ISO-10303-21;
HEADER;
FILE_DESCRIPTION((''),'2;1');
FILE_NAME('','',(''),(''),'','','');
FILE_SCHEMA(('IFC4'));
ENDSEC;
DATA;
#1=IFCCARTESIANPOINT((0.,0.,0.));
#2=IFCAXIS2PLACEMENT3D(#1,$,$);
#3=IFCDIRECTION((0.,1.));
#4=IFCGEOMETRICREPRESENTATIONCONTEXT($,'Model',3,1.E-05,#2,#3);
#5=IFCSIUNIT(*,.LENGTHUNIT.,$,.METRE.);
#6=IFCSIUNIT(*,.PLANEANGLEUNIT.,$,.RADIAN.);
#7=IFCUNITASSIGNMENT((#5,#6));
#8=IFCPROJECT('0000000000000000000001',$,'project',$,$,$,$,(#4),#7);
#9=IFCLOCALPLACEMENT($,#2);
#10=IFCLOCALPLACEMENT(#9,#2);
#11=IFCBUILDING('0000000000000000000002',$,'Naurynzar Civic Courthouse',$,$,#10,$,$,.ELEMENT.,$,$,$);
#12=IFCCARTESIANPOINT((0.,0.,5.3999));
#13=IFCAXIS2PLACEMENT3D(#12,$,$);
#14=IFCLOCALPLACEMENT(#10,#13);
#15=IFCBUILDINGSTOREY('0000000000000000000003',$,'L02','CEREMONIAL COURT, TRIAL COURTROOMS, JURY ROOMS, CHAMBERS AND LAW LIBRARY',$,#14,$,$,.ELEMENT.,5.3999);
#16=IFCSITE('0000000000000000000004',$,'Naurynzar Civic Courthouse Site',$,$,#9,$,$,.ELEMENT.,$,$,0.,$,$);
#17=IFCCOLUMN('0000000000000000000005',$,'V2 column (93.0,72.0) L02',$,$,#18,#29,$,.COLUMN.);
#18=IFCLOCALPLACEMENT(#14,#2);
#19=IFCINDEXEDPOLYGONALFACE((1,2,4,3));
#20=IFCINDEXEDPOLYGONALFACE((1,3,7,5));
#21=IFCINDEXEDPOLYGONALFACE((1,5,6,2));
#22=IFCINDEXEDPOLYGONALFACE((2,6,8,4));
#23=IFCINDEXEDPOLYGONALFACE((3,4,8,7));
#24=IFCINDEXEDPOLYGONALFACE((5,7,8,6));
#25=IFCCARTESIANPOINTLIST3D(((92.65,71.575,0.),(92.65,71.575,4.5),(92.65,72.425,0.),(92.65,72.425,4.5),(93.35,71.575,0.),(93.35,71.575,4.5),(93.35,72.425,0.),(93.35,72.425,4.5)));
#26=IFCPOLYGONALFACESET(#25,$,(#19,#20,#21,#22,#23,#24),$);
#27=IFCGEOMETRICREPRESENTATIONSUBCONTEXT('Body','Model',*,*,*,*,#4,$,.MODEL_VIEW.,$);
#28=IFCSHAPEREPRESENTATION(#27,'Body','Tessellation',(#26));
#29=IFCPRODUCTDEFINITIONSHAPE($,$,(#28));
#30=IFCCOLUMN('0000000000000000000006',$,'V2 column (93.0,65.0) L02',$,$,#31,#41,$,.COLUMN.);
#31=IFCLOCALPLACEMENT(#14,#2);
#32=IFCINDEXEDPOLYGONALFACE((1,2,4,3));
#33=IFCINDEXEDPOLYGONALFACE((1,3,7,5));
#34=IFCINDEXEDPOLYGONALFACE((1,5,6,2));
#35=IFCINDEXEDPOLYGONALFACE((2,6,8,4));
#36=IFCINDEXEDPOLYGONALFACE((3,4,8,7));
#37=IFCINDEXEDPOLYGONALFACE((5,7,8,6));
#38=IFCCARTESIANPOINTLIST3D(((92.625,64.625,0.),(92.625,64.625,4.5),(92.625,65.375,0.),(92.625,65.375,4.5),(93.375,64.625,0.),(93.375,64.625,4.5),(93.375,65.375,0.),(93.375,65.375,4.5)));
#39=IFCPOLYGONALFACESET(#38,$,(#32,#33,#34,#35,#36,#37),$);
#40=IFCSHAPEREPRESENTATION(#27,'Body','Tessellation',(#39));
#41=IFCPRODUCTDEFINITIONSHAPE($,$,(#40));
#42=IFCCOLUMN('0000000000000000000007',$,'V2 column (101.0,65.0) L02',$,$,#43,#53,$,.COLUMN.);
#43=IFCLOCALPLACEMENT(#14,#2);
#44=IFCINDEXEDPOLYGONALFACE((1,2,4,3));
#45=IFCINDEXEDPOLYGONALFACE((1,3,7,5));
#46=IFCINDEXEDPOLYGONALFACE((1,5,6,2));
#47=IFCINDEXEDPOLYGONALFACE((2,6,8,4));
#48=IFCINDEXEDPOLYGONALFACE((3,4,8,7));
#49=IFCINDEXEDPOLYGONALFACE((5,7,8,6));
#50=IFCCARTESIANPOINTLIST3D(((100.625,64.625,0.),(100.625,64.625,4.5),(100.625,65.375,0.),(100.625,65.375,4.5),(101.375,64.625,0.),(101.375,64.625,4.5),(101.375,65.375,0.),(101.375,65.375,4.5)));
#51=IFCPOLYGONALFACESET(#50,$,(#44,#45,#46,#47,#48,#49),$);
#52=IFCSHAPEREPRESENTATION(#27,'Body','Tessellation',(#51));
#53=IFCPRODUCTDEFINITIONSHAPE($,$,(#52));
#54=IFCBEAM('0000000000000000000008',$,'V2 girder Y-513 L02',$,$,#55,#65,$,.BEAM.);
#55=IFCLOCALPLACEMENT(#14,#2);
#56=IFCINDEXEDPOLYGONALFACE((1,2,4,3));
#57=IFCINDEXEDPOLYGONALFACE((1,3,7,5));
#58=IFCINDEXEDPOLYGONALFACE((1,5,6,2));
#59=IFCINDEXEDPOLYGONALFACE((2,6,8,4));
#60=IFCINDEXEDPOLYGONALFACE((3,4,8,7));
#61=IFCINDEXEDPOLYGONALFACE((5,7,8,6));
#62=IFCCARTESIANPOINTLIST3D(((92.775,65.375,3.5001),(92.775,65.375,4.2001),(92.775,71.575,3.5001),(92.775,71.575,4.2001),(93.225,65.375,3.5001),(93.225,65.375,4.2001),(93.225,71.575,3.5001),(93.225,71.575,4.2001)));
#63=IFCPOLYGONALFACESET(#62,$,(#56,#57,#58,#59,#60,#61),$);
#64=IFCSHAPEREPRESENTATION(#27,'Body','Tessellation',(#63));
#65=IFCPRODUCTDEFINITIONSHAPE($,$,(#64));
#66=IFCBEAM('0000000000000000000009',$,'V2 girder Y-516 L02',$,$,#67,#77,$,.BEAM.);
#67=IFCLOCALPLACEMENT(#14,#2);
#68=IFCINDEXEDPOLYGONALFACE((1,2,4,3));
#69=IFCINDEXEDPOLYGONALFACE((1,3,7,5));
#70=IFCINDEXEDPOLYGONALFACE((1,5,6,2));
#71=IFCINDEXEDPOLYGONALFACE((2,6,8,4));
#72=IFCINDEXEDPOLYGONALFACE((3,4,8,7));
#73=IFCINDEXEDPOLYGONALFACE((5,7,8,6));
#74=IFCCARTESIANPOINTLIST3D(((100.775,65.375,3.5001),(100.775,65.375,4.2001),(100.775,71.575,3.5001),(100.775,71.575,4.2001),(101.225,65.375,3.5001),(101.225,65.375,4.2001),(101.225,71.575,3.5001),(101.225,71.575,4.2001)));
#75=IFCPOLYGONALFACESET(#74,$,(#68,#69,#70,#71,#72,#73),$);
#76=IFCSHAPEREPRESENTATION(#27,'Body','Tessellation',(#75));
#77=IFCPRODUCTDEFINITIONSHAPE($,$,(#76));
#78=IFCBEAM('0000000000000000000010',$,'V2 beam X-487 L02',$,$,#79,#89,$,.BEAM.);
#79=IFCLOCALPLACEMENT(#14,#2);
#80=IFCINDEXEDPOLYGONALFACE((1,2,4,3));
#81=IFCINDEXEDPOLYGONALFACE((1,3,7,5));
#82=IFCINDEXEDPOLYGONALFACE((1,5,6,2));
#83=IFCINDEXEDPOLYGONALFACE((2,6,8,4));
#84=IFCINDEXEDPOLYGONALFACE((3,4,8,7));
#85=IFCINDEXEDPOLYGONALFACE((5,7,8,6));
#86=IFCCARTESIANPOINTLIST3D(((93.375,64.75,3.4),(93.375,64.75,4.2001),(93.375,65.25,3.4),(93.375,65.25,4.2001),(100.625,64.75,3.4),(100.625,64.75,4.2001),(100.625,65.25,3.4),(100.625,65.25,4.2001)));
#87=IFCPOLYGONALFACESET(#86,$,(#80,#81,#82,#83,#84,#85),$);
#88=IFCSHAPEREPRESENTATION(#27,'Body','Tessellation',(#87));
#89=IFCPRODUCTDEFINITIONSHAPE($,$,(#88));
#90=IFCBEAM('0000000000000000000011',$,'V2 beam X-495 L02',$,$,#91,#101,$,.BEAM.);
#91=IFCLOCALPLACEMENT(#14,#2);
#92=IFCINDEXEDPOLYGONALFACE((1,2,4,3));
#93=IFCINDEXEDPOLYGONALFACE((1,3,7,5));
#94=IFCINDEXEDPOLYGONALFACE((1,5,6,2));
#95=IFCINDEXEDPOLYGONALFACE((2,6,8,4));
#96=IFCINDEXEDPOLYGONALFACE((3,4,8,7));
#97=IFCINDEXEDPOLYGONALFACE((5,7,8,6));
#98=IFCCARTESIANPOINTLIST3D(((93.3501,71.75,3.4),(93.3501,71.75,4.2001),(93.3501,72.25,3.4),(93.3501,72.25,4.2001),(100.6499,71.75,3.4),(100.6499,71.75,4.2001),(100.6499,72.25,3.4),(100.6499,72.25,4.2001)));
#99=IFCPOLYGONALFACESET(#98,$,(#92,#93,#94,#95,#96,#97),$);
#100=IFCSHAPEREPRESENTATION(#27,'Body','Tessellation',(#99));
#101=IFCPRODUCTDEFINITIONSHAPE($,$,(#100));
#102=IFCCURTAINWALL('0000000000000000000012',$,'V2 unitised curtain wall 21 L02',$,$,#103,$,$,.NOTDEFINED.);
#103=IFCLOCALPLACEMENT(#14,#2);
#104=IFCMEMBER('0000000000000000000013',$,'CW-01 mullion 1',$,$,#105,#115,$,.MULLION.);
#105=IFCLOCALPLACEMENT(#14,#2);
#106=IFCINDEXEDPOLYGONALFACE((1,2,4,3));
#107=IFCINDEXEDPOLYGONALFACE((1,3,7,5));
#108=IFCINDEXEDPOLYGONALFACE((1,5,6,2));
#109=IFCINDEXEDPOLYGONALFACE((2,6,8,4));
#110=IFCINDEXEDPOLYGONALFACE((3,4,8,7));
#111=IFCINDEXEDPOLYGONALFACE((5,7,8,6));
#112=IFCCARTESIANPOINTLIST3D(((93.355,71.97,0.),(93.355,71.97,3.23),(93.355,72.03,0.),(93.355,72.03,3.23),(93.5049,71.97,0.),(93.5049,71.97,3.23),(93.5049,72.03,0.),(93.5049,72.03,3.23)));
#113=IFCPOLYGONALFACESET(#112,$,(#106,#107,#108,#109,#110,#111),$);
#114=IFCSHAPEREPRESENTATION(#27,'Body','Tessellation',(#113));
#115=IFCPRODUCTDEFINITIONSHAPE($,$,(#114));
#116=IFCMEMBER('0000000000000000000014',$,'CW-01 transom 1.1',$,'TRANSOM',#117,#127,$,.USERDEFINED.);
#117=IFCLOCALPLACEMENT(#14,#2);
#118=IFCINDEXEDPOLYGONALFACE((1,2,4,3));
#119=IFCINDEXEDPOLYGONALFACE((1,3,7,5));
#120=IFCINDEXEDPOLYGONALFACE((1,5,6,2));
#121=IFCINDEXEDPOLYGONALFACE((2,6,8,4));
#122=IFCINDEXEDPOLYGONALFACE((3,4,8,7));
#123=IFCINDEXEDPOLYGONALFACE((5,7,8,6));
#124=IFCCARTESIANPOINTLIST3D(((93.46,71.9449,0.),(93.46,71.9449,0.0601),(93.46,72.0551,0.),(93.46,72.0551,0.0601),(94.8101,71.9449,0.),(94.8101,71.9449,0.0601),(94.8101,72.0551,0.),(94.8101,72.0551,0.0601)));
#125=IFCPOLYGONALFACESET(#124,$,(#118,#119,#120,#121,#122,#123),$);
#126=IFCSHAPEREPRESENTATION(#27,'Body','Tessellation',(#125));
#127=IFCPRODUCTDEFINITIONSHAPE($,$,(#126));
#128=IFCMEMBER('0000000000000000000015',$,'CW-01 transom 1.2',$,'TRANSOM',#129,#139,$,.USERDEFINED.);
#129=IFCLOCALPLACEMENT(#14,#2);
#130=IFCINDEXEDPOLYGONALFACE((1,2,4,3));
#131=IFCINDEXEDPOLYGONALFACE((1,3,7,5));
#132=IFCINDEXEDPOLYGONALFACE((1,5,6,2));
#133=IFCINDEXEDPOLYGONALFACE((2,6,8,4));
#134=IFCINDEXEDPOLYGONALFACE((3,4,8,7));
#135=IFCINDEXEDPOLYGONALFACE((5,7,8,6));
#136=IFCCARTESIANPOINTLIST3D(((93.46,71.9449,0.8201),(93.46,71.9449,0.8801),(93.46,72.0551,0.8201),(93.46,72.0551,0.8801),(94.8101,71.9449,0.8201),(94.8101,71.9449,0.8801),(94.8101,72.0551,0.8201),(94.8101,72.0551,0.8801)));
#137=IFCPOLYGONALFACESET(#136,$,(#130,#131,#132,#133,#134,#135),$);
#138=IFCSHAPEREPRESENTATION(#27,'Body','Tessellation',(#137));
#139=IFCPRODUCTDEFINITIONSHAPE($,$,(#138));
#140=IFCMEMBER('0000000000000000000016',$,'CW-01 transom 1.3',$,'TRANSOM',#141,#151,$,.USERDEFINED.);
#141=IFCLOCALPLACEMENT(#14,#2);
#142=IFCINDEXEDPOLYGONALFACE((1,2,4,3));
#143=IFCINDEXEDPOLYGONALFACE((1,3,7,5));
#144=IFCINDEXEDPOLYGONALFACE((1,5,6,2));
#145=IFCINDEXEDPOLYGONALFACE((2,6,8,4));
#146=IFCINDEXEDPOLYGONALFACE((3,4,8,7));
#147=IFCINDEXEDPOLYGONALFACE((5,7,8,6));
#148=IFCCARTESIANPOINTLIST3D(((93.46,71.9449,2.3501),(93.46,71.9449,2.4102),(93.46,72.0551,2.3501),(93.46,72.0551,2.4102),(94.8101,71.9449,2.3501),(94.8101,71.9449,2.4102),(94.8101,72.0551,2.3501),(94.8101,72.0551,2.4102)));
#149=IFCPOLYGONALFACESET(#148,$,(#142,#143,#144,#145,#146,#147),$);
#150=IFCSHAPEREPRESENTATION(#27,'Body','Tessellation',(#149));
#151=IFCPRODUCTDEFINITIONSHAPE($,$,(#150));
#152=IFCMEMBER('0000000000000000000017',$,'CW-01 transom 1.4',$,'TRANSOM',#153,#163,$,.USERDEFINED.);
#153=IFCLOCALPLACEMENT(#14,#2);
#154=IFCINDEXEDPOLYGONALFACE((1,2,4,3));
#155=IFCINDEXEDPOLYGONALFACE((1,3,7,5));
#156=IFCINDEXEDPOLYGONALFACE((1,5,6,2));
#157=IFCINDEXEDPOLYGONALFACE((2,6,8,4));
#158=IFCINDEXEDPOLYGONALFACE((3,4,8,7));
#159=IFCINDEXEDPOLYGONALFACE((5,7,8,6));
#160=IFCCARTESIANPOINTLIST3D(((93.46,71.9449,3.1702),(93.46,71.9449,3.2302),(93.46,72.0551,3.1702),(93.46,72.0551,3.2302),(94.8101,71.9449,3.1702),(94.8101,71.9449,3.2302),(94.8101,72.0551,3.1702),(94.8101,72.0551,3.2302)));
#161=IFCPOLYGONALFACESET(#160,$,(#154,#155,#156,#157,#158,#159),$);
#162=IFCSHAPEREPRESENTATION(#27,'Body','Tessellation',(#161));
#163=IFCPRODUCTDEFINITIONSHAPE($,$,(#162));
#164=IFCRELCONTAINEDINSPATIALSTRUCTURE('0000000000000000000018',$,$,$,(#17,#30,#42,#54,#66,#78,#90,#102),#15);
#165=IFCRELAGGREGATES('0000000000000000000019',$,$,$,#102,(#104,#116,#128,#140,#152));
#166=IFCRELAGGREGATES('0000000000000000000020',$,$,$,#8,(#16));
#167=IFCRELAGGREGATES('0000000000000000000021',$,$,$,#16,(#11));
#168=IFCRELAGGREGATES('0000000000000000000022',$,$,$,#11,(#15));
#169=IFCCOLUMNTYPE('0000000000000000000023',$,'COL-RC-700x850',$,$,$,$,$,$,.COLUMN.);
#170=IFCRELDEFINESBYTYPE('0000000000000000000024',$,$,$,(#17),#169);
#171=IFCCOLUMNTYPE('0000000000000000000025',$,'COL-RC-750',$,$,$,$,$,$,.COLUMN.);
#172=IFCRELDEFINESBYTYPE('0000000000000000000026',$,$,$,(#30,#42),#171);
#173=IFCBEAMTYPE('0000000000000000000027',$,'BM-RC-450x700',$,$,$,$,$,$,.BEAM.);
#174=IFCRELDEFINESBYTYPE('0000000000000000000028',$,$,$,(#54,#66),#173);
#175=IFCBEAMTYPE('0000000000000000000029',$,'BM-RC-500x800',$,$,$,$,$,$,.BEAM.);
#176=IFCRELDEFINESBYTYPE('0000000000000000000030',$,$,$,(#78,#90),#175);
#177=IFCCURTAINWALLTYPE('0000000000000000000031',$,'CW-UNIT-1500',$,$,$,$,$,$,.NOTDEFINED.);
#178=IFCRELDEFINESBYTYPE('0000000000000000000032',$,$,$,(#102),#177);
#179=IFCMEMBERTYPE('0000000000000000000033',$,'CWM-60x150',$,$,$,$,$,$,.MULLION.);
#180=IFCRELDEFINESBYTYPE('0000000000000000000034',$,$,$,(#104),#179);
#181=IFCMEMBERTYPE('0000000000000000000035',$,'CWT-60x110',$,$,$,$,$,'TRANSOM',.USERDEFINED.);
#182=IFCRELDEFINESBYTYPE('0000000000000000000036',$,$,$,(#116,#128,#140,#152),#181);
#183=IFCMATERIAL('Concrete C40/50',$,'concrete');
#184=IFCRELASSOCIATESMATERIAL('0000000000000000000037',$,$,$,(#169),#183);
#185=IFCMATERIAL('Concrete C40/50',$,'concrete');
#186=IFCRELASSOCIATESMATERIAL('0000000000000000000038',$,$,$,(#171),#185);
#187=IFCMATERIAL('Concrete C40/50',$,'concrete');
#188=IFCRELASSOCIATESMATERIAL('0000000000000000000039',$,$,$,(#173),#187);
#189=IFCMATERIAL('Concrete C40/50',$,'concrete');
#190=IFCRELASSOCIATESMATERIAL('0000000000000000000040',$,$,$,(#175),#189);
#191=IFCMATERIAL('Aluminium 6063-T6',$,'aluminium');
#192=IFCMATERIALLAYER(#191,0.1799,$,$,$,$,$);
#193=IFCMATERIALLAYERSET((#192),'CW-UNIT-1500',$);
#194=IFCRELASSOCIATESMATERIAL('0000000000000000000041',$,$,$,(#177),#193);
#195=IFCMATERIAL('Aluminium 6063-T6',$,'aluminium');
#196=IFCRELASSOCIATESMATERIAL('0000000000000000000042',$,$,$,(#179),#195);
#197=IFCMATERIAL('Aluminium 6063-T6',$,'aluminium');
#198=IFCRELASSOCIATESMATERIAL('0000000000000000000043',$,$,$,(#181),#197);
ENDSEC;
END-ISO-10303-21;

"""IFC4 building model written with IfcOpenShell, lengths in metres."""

from ifc_helpers import new_model, si_unit, direction, frame, origin, origin_2d, place, context, subcontext, project, spatial, rectangle, extrude, material, layer, layer_set, material_profile, profile_set, type_object, element, aggregate, save


model = new_model("IFC4")

# Units and contexts
model_context = context("Model", 3, precision=1e-05, world=origin(), true_north=direction((0.0, 1.0)))
body_context = subcontext(model_context, "Body", "Model", "MODEL_VIEW")
ifc_project = project(units=[si_unit("LENGTHUNIT", "METRE"), si_unit("PLANEANGLEUNIT", "RADIAN")], contexts=[model_context])

# Site, building, storey
site_placement = place(None, origin())
site = spatial("IfcSite", under=ifc_project, at=site_placement, Name="Naurynzar Civic Courthouse Site", CompositionType="ELEMENT", RefElevation=0.0)
building_placement = place(site_placement, origin())
building = spatial("IfcBuilding", under=site, at=building_placement, Name="Naurynzar Civic Courthouse", CompositionType="ELEMENT")
storey_placement = place(building_placement, frame((0.0, 0.0, 5.3999)))
storey = spatial("IfcBuildingStorey", under=building, at=storey_placement, Name="L02", Description="CEREMONIAL COURT, TRIAL COURTROOMS, JURY ROOMS, CHAMBERS AND LAW LIBRARY", CompositionType="ELEMENT", Elevation=5.3999)

# Columns
ifc_material_1 = material(Name="Concrete C40/50", Category="concrete")
ifc_material_profile_1 = material_profile(ifc_material_1, rectangle(XDim=0.7, YDim=0.8501, at=origin_2d()), Name="RC 700x850")
ifc_profile_set_1 = profile_set([ifc_material_profile_1], Name="Concrete C40/50")
column_type_1 = type_object("IfcColumnType", Name="COL-RC-700x850", PredefinedType="COLUMN", material=ifc_profile_set_1)
column_placement = place(storey_placement, frame((93.0, 72.0, 0.0), z_axis=(0.0, 0.0, 1.0), x_axis=(1.0, 0.0, 0.0)))
element("IfcColumn", 1, at=column_placement, inside=storey, type_object=column_type_1, Name="V2 column (93.0,72.0) L02", PredefinedType="COLUMN", context=body_context, shape_type="SweptSolid", body=[
    extrude(rectangle(XDim=0.7, YDim=0.8501, at=origin_2d()), origin(), (0.0, 0.0, 1.0), 4.5),
])
ifc_material_2 = material(Name="Concrete C40/50", Category="concrete")
ifc_material_profile_2 = material_profile(ifc_material_2, rectangle(XDim=0.75, YDim=0.75, at=origin_2d()), Name="RC 750x750")
ifc_profile_set_2 = profile_set([ifc_material_profile_2], Name="Concrete C40/50")
column_type_2 = type_object("IfcColumnType", Name="COL-RC-750", PredefinedType="COLUMN", material=ifc_profile_set_2)
for number, where, z_axis, x_axis, name in (
    (2, (93.0, 65.0, 0.0), (0.0, 0.0, 1.0), (1.0, 0.0, 0.0), "V2 column (93.0,65.0) L02"),
    (3, (101.0, 65.0, 0.0), (0.0, 0.0, 1.0), (1.0, 0.0, 0.0), "V2 column (101.0,65.0) L02"),
):
    element("IfcColumn", number, at=place(storey_placement, frame(where, z_axis=z_axis, x_axis=x_axis)), inside=storey, type_object=column_type_2, Name=name, PredefinedType="COLUMN", context=body_context, shape_type="SweptSolid", body=[
        extrude(rectangle(XDim=0.75, YDim=0.75, at=origin_2d()), origin(), (0.0, 0.0, 1.0), 4.5),
    ])

# Beams
ifc_material_3 = material(Name="Concrete C40/50", Category="concrete")
ifc_material_profile_3 = material_profile(ifc_material_3, rectangle(XDim=0.45, YDim=0.7, at=origin_2d()), Name="RCB 450x700")
ifc_profile_set_3 = profile_set([ifc_material_profile_3], Name="Concrete C40/50")
beam_type_1 = type_object("IfcBeamType", Name="BM-RC-450x700", PredefinedType="BEAM", material=ifc_profile_set_3)
for number, where, z_axis, x_axis, name in (
    (4, (93.0, 65.375, 3.8501), (0.0, 1.0, 0.0), (-1.0, 0.0, 0.0), "V2 girder Y-513 L02"),
    (5, (101.0, 65.375, 3.8501), (0.0, 1.0, 0.0), (-1.0, 0.0, 0.0), "V2 girder Y-516 L02"),
):
    element("IfcBeam", number, at=place(storey_placement, frame(where, z_axis=z_axis, x_axis=x_axis)), inside=storey, type_object=beam_type_1, Name=name, PredefinedType="BEAM", context=body_context, shape_type="SweptSolid", body=[
        extrude(rectangle(XDim=0.45, YDim=0.7, at=origin_2d()), origin(), (0.0, 0.0, 1.0), 6.2),
    ])
ifc_material_4 = material(Name="Concrete C40/50", Category="concrete")
ifc_material_profile_4 = material_profile(ifc_material_4, rectangle(XDim=0.5, YDim=0.8, at=origin_2d()), Name="RCB 500x800")
ifc_profile_set_4 = profile_set([ifc_material_profile_4], Name="Concrete C40/50")
beam_type_2 = type_object("IfcBeamType", Name="BM-RC-500x800", PredefinedType="BEAM", material=ifc_profile_set_4)
beam_1_placement = place(storey_placement, frame((93.375, 65.0, 3.8), z_axis=(1.0, 0.0, 0.0), x_axis=(0.0, 1.0, 0.0)))
element("IfcBeam", 6, at=beam_1_placement, inside=storey, type_object=beam_type_2, Name="V2 beam X-487 L02", PredefinedType="BEAM", context=body_context, shape_type="SweptSolid", body=[
    extrude(rectangle(XDim=0.5, YDim=0.8, at=origin_2d()), origin(), (0.0, 0.0, 1.0), 7.25),
])
beam_2_placement = place(storey_placement, frame((93.3501, 72.0, 3.8), z_axis=(1.0, 0.0, 0.0), x_axis=(0.0, 1.0, 0.0)))
element("IfcBeam", 7, at=beam_2_placement, inside=storey, type_object=beam_type_2, Name="V2 beam X-495 L02", PredefinedType="BEAM", context=body_context, shape_type="SweptSolid", body=[
    extrude(rectangle(XDim=0.5, YDim=0.8, at=origin_2d()), origin(), (0.0, 0.0, 1.0), 7.2998),
])

# Curtain wall, members
ifc_material_5 = material(Name="Aluminium 6063-T6", Category="aluminium")
ifc_layer_1 = layer(ifc_material_5, 0.1799)
ifc_layer_set_1 = layer_set([ifc_layer_1], Name="CW-UNIT-1500")
curtain_wall_type = type_object("IfcCurtainWallType", Name="CW-UNIT-1500", PredefinedType="NOTDEFINED", material=ifc_layer_set_1)
curtain_wall_placement = place(storey_placement, origin())
curtain_wall = element("IfcCurtainWall", 8, at=curtain_wall_placement, inside=storey, type_object=curtain_wall_type, Name="V2 unitised curtain wall 21 L02", PredefinedType="NOTDEFINED")
ifc_material_6 = material(Name="Aluminium 6063-T6", Category="aluminium")
ifc_material_profile_5 = material_profile(ifc_material_6, rectangle(XDim=0.0601, YDim=0.1499, at=origin_2d()), Name="ALU MULLION 60x150")
ifc_profile_set_5 = profile_set([ifc_material_profile_5], Name="Aluminium 6063-T6")
member_type_1 = type_object("IfcMemberType", Name="CWM-60x150", PredefinedType="MULLION", material=ifc_profile_set_5)
member_1_placement = place(storey_placement, frame((93.4299, 72.0, 0.0), z_axis=(0.0, 0.0, 1.0), x_axis=(0.0, 1.0, 0.0)))
member_1 = element("IfcMember", 9, at=member_1_placement, type_object=member_type_1, Name="CW-01 mullion 1", PredefinedType="MULLION", context=body_context, shape_type="SweptSolid", body=[
    extrude(rectangle(XDim=0.0601, YDim=0.1499, at=origin_2d()), origin(), (0.0, 0.0, 1.0), 3.23),
])
ifc_material_7 = material(Name="Aluminium 6063-T6", Category="aluminium")
ifc_material_profile_6 = material_profile(ifc_material_7, rectangle(XDim=0.1101, YDim=0.0601, at=origin_2d()), Name="ALU TRANSOM 60x110")
ifc_profile_set_6 = profile_set([ifc_material_profile_6], Name="Aluminium 6063-T6")
member_type_2 = type_object("IfcMemberType", Name="CWT-60x110", ElementType="TRANSOM", PredefinedType="USERDEFINED", material=ifc_profile_set_6)
member_2_placement = place(storey_placement, frame((93.46, 72.0, 0.03), z_axis=(1.0, 0.0, 0.0), x_axis=(0.0, 1.0, 0.0)))
member_2 = element("IfcMember", 10, at=member_2_placement, type_object=member_type_2, Name="CW-01 transom 1.1", ObjectType="TRANSOM", PredefinedType="USERDEFINED", context=body_context, shape_type="SweptSolid", body=[
    extrude(rectangle(XDim=0.1101, YDim=0.0601, at=origin_2d()), origin(), (0.0, 0.0, 1.0), 1.3501),
])
member_3_placement = place(storey_placement, frame((93.46, 72.0, 0.8501), z_axis=(1.0, 0.0, 0.0), x_axis=(0.0, 1.0, 0.0)))
member_3 = element("IfcMember", 11, at=member_3_placement, type_object=member_type_2, Name="CW-01 transom 1.2", ObjectType="TRANSOM", PredefinedType="USERDEFINED", context=body_context, shape_type="SweptSolid", body=[
    extrude(rectangle(XDim=0.1101, YDim=0.0601, at=origin_2d()), origin(), (0.0, 0.0, 1.0), 1.3501),
])
member_4_placement = place(storey_placement, frame((93.46, 72.0, 2.3801), z_axis=(1.0, 0.0, 0.0), x_axis=(0.0, 1.0, 0.0)))
member_4 = element("IfcMember", 12, at=member_4_placement, type_object=member_type_2, Name="CW-01 transom 1.3", ObjectType="TRANSOM", PredefinedType="USERDEFINED", context=body_context, shape_type="SweptSolid", body=[
    extrude(rectangle(XDim=0.1101, YDim=0.0601, at=origin_2d()), origin(), (0.0, 0.0, 1.0), 1.3501),
])
member_5_placement = place(storey_placement, frame((93.46, 72.0, 3.2002), z_axis=(1.0, 0.0, 0.0), x_axis=(0.0, 1.0, 0.0)))
member_5 = element("IfcMember", 13, at=member_5_placement, type_object=member_type_2, Name="CW-01 transom 1.4", ObjectType="TRANSOM", PredefinedType="USERDEFINED", context=body_context, shape_type="SweptSolid", body=[
    extrude(rectangle(XDim=0.1101, YDim=0.0601, at=origin_2d()), origin(), (0.0, 0.0, 1.0), 1.3501),
])
aggregate(curtain_wall, [member_1, member_2, member_3, member_4, member_5])

save(model, "model.ifc")
